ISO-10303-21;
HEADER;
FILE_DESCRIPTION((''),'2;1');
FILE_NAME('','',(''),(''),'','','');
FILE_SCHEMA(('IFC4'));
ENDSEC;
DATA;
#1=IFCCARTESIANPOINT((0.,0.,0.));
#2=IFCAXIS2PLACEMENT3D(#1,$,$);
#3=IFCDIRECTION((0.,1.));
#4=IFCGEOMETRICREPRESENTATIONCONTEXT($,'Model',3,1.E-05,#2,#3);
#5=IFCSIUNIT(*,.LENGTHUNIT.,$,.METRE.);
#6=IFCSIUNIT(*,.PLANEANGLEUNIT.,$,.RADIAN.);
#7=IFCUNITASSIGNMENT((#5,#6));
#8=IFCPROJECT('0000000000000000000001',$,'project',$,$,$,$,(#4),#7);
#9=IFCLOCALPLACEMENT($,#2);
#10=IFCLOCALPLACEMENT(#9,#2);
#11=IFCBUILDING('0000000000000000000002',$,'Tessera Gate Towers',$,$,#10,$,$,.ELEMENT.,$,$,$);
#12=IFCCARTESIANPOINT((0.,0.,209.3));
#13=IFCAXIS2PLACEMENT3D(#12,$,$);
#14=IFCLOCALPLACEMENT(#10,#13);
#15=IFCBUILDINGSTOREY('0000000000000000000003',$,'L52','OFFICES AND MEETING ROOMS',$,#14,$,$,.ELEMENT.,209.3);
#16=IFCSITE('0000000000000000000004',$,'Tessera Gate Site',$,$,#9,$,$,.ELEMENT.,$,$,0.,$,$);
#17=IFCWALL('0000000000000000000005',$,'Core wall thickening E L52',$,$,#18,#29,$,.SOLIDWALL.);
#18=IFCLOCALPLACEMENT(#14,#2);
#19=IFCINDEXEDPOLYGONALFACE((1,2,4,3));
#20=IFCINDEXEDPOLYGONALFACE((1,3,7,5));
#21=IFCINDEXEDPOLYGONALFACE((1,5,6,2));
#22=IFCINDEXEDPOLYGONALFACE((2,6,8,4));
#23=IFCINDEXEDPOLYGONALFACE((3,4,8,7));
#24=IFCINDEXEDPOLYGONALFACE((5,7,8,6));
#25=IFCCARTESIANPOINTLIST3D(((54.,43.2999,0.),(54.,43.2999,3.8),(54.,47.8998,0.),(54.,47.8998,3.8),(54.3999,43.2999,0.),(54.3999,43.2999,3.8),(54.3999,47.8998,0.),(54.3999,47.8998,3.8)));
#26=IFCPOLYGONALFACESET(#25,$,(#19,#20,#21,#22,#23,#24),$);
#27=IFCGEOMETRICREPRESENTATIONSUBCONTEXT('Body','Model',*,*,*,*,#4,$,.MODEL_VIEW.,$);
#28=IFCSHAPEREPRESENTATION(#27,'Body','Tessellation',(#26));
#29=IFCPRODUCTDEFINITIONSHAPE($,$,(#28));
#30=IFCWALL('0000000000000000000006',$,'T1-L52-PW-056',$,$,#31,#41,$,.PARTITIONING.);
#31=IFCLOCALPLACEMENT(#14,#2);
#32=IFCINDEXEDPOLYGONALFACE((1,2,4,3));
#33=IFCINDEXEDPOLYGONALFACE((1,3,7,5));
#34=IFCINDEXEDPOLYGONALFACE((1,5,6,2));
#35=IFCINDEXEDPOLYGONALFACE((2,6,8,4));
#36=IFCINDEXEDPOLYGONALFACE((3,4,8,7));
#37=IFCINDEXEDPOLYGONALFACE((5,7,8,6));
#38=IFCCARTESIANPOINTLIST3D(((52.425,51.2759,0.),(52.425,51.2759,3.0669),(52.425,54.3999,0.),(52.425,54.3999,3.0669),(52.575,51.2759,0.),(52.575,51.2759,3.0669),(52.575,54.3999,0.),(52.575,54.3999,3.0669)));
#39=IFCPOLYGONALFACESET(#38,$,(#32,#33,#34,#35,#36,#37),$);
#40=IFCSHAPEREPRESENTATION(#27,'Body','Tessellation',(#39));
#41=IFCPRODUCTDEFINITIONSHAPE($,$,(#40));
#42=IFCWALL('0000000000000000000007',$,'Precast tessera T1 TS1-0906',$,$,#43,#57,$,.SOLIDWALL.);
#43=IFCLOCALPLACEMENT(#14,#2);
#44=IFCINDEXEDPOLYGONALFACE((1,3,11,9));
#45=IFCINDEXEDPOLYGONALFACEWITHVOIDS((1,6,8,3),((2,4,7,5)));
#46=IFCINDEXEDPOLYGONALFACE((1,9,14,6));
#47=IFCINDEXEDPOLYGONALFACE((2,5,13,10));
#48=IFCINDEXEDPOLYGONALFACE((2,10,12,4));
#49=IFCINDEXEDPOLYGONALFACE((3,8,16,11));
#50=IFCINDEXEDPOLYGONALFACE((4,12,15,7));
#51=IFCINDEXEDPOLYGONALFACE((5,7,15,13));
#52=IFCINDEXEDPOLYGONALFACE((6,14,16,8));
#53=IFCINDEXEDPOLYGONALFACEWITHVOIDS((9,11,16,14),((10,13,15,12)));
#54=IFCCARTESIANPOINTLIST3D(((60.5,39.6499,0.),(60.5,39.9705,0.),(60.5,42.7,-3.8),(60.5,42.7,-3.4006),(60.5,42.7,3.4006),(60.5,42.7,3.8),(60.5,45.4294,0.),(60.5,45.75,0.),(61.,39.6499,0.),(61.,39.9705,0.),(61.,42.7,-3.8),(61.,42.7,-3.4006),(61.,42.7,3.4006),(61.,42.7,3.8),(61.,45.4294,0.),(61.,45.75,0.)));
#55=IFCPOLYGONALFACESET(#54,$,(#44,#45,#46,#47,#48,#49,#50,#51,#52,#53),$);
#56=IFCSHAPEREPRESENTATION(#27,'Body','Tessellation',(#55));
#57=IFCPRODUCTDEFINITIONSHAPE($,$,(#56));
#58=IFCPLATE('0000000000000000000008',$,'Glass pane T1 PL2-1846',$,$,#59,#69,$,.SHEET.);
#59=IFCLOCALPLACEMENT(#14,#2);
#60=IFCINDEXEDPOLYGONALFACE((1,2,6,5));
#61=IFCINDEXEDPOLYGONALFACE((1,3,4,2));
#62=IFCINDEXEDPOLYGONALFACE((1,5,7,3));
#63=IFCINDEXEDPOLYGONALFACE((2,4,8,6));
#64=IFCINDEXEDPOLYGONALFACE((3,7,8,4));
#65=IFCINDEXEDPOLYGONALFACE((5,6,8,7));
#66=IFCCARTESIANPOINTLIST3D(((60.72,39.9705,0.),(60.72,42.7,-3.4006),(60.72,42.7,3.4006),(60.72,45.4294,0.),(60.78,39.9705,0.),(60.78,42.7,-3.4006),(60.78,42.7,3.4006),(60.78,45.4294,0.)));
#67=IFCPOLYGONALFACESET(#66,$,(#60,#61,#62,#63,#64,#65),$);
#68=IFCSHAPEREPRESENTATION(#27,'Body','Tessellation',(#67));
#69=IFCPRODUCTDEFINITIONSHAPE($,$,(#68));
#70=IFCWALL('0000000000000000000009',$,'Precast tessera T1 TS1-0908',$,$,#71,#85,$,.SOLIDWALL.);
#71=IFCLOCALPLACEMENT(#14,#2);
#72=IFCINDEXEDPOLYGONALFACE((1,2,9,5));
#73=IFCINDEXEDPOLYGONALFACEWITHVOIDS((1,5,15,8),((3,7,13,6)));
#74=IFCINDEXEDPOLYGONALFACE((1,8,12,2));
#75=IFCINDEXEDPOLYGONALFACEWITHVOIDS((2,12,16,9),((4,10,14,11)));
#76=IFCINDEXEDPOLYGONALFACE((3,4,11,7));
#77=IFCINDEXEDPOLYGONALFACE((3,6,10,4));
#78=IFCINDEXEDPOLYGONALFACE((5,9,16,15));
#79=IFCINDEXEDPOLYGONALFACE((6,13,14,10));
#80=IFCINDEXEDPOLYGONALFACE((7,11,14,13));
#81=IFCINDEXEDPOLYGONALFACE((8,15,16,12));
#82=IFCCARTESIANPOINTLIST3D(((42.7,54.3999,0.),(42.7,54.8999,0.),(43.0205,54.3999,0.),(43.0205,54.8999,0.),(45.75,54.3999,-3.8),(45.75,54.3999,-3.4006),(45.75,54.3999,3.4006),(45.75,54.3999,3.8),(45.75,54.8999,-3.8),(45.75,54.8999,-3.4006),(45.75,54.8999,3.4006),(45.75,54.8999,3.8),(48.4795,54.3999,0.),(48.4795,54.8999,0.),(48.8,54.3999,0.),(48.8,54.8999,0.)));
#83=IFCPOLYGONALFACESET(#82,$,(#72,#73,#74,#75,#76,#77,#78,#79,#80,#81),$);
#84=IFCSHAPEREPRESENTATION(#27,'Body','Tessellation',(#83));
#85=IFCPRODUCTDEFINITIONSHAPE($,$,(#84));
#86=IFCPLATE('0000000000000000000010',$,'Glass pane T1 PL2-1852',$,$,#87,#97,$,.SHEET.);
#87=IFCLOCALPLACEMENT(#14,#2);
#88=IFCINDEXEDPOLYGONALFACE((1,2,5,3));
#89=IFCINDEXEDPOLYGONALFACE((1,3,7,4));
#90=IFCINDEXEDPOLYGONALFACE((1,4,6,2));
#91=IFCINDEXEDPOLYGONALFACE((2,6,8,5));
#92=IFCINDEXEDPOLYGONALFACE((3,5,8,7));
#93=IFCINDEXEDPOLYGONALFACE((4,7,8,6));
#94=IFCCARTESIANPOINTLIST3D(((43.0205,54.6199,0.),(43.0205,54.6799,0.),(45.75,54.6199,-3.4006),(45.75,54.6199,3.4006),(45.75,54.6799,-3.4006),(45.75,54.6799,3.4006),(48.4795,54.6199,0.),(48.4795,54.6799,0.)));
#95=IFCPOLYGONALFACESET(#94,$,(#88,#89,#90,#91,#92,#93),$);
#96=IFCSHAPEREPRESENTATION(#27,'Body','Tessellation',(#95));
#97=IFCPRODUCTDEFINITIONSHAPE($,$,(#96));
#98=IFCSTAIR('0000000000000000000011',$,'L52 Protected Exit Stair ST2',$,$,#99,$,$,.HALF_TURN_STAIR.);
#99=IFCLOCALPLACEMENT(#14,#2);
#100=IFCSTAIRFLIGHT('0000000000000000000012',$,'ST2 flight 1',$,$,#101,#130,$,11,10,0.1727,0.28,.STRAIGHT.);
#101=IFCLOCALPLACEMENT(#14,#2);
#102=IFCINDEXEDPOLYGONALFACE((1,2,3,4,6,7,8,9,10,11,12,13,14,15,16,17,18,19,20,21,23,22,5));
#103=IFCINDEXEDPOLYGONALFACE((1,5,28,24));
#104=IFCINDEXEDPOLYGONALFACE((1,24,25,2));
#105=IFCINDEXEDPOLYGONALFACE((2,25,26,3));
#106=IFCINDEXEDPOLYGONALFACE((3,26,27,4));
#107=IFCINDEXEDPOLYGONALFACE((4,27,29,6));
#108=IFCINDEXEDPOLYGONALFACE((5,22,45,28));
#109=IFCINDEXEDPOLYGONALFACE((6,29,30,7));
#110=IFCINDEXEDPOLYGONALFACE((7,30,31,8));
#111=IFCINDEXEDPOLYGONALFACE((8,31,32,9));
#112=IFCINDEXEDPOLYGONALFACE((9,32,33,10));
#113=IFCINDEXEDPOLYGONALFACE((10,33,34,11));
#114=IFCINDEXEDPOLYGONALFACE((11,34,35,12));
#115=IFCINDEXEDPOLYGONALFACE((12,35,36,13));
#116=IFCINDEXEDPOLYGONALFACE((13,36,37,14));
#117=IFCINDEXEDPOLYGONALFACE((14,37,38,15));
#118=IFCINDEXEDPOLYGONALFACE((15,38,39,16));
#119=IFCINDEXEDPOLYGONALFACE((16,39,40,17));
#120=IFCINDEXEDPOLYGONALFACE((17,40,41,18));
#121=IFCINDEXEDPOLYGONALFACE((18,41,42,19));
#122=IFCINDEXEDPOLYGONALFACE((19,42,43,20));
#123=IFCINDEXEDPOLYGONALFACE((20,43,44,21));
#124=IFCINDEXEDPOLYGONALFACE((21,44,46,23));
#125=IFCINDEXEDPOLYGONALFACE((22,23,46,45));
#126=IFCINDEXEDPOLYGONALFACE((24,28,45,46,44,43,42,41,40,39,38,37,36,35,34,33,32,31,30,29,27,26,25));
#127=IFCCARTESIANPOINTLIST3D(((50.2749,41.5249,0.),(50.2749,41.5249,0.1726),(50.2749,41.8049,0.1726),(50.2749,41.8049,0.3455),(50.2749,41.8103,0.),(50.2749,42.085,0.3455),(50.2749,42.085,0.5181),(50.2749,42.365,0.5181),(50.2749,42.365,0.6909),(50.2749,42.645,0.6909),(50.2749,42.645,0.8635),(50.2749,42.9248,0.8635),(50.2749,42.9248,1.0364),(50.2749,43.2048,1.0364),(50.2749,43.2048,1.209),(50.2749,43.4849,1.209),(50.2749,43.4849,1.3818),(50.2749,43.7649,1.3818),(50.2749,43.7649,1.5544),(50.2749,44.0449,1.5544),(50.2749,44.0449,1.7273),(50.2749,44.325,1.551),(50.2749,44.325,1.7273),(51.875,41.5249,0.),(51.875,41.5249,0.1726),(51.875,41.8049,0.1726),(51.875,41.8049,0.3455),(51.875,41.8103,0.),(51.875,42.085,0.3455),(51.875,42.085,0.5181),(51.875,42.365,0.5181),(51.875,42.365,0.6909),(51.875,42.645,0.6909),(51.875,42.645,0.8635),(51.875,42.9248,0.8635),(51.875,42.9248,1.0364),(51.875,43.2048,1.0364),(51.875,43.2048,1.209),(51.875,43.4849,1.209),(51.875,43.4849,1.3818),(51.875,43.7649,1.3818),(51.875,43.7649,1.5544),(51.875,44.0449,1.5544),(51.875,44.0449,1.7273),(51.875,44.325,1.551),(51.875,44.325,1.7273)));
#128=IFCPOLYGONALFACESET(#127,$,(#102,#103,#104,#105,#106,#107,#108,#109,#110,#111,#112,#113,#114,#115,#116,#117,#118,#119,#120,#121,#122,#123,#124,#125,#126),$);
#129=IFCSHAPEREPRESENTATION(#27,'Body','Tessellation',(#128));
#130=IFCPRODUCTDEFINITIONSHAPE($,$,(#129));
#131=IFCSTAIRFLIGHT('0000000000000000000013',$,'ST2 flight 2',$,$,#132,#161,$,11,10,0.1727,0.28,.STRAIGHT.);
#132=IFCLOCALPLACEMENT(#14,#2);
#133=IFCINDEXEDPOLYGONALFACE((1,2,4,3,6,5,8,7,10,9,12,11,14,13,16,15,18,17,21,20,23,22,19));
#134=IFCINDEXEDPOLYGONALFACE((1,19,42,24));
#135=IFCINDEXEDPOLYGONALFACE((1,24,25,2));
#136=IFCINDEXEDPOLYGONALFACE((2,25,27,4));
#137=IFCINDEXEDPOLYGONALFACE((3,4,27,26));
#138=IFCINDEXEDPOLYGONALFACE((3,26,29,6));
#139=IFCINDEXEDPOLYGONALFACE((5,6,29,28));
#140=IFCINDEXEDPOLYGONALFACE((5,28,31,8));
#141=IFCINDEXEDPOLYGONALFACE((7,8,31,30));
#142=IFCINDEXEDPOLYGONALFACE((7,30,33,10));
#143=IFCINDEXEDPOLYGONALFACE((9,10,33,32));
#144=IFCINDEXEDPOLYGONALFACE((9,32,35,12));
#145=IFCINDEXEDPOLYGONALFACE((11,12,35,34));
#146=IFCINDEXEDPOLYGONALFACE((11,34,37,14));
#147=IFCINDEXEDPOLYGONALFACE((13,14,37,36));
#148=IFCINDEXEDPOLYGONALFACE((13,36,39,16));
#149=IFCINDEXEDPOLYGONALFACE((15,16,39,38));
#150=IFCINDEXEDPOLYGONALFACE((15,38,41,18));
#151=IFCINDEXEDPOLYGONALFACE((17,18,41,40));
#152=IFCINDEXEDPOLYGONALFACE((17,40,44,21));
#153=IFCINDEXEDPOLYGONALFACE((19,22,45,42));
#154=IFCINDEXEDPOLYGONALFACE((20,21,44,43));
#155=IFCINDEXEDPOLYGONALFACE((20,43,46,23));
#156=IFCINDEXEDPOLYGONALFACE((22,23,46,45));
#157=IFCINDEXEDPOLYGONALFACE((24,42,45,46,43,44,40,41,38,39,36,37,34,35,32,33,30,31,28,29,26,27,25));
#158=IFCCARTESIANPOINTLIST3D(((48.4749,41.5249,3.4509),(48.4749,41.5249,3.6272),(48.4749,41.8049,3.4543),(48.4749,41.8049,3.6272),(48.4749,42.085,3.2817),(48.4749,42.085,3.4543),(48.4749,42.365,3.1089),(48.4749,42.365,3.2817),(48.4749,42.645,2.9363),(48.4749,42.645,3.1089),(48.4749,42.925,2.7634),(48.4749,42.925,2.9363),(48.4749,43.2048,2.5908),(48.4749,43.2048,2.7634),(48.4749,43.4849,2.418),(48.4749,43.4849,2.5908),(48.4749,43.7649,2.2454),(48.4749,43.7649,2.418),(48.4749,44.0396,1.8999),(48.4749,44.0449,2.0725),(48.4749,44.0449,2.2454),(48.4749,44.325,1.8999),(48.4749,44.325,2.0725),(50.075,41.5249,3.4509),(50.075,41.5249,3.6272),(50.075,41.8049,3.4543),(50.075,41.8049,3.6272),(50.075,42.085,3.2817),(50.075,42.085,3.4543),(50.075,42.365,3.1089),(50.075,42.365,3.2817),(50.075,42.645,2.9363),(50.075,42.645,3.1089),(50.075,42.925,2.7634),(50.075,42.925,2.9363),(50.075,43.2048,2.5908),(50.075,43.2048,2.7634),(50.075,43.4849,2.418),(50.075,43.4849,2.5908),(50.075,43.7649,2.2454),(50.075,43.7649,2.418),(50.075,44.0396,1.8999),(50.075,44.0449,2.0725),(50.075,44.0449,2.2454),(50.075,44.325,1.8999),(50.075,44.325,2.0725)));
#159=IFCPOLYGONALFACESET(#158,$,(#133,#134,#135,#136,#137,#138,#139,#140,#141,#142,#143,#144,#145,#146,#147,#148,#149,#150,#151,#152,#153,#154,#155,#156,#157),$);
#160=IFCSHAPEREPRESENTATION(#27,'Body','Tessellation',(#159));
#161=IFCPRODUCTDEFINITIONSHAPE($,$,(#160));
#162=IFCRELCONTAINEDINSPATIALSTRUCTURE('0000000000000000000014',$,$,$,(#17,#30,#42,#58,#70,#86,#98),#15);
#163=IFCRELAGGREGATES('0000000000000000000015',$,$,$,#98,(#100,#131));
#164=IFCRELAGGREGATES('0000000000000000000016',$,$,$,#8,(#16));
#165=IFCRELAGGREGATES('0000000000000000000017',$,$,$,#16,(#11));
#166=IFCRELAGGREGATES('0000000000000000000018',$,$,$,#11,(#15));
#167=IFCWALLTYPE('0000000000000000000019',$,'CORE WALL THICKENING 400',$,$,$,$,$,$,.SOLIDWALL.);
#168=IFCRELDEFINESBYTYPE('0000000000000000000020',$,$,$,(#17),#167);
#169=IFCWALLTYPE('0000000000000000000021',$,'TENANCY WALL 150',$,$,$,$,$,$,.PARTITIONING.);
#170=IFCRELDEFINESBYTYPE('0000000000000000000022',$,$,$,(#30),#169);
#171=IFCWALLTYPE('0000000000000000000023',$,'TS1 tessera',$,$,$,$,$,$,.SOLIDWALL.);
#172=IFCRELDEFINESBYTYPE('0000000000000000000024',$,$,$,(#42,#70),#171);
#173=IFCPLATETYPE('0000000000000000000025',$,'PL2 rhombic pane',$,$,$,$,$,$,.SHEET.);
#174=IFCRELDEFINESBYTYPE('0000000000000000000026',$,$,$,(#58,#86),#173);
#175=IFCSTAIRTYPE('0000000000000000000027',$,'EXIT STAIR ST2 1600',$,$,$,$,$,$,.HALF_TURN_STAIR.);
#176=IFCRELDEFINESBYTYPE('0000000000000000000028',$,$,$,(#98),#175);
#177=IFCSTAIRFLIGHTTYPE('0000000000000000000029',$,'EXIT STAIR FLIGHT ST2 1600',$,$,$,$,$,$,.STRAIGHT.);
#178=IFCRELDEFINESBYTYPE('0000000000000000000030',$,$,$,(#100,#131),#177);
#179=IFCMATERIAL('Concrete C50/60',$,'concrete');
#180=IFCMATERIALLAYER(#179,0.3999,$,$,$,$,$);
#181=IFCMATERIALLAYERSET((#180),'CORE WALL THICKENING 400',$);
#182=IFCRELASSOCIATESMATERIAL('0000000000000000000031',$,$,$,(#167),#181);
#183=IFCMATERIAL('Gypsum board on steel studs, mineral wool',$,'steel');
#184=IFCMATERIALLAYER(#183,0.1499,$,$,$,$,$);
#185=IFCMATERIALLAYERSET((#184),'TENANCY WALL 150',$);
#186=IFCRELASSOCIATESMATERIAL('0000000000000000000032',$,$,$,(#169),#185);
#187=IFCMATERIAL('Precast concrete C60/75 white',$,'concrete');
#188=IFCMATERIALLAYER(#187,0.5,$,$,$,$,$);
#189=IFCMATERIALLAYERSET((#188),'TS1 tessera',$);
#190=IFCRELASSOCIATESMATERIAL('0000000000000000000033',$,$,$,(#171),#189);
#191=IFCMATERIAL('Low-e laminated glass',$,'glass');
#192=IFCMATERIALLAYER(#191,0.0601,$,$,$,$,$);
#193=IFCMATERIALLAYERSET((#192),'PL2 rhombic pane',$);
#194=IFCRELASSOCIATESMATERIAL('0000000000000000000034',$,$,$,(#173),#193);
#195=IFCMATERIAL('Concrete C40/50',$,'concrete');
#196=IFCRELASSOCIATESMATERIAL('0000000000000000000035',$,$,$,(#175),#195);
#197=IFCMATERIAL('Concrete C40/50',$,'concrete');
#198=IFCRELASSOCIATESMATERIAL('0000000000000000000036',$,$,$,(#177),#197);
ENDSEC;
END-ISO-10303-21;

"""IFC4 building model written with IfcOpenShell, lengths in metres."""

from ifc_helpers import new_model, si_unit, direction, frame, frame_2d, origin, place, context, subcontext, project, spatial, polyline, rectangle, outline, extrude, source, transform, mapped, material, layer, layer_set, type_object, element, fill, aggregate, save


model = new_model("IFC4")

# Units and contexts
model_context = context("Model", 3, precision=1e-05, world=origin(), true_north=direction((0.0, 1.0)))
body_context = subcontext(model_context, "Body", "Model", "MODEL_VIEW")
ifc_project = project(units=[si_unit("LENGTHUNIT", "METRE"), si_unit("PLANEANGLEUNIT", "RADIAN")], contexts=[model_context])

# Site, building, storey
site_placement = place(None, origin())
site = spatial("IfcSite", under=ifc_project, at=site_placement, Name="Tessera Gate Site", CompositionType="ELEMENT", RefElevation=0.0)
building_placement = place(site_placement, origin())
building = spatial("IfcBuilding", under=site, at=building_placement, Name="Tessera Gate Towers", CompositionType="ELEMENT")
storey_placement = place(building_placement, frame((0.0, 0.0, 209.3)))
storey = spatial("IfcBuildingStorey", under=building, at=storey_placement, Name="L52", Description="OFFICES AND MEETING ROOMS", CompositionType="ELEMENT", Elevation=209.3)

# Walls
ifc_material_1 = material(Name="Concrete C50/60", Category="concrete")
ifc_layer_1 = layer(ifc_material_1, 0.3999)
ifc_layer_set_1 = layer_set([ifc_layer_1], Name="CORE WALL THICKENING 400")
wall_type_1 = type_object("IfcWallType", Name="CORE WALL THICKENING 400", PredefinedType="SOLIDWALL", material=ifc_layer_set_1)
wall_1_placement = place(storey_placement, frame((54.2, 43.3, 0.0), z_axis=(0.0, 0.0, 1.0), x_axis=(0.0, 1.0, 0.0)))
element("IfcWall", 1, at=wall_1_placement, inside=storey, type_object=wall_type_1, Name="Core wall thickening E L52", PredefinedType="SOLIDWALL", context=body_context, shape_type="SweptSolid", body=[
    extrude(rectangle(XDim=4.5999, YDim=0.3999, at=frame_2d((2.2998, 0.0))), origin(), (0.0, 0.0, 1.0), 3.8),
])
ifc_material_2 = material(Name="Gypsum board on steel studs, mineral wool", Category="steel")
ifc_layer_2 = layer(ifc_material_2, 0.1499)
ifc_layer_set_2 = layer_set([ifc_layer_2], Name="TENANCY WALL 150")
wall_type_2 = type_object("IfcWallType", Name="TENANCY WALL 150", PredefinedType="PARTITIONING", material=ifc_layer_set_2)
wall_2_placement = place(storey_placement, frame((52.5, 51.2759, 0.0), z_axis=(0.0, 0.0, 1.0), x_axis=(0.0, 1.0, 0.0)))
element("IfcWall", 2, at=wall_2_placement, inside=storey, type_object=wall_type_2, Name="T1-L52-PW-056", PredefinedType="PARTITIONING", context=body_context, shape_type="SweptSolid", body=[
    extrude(rectangle(XDim=3.124, YDim=0.1499, at=frame_2d((1.562, 0.0))), origin(), (0.0, 0.0, 1.0), 3.0669),
])

# Walls, openings, plates
ifc_material_3 = material(Name="Precast concrete C60/75 white", Category="concrete")
ifc_layer_3 = layer(ifc_material_3, 0.5)
ifc_layer_set_3 = layer_set([ifc_layer_3], Name="TS1 tessera")
wall_type_3 = type_object("IfcWallType", Name="TS1 tessera", PredefinedType="SOLIDWALL", material=ifc_layer_set_3)
shared_shape_1 = source(origin(), body_context, "Body", "SweptSolid", [
    extrude(outline(polyline([(3.05, 0.0), (6.1001, 3.8), (3.05, 7.6001), (0.0, 3.8), (3.05, 0.0)])), frame((0.0, 0.25, 0.0), z_axis=(0.0, -1.0, 0.0), x_axis=(1.0, 0.0, 0.0)), (0.0, 0.0, 1.0), 0.5),
])
wall_3_placement = place(storey_placement, frame((60.75, 39.6499, -3.8), z_axis=(0.0, 0.0, 1.0), x_axis=(0.0, 1.0, 0.0)))
wall_3 = element("IfcWall", 3, at=wall_3_placement, inside=storey, type_object=wall_type_3, Name="Precast tessera T1 TS1-0906", PredefinedType="SOLIDWALL", context=body_context, shape_type="MappedRepresentation", body=[
    mapped(shared_shape_1, transform((0.0, 0.0, 0.0), scale=1.0)),
])
shared_shape_2 = source(origin(), body_context, "Body", "SweptSolid", [
    extrude(outline(polyline([(3.05, 0.3994), (5.7795, 3.8), (3.05, 7.2007), (0.3206, 3.8), (3.05, 0.3994)])), frame((0.0, 0.26, 0.0), z_axis=(0.0, -1.0, 0.0), x_axis=(1.0, 0.0, 0.0)), (0.0, 0.0, 1.0), 0.52),
])
opening_1_placement = place(wall_3_placement, origin())
opening_1 = element("IfcOpeningElement", 4, at=opening_1_placement, cuts=wall_3, PredefinedType="OPENING", context=body_context, shape_type="MappedRepresentation", body=[
    mapped(shared_shape_2, transform((0.0, 0.0, 0.0), scale=1.0)),
])
ifc_material_4 = material(Name="Low-e laminated glass", Category="glass")
ifc_layer_4 = layer(ifc_material_4, 0.0601)
ifc_layer_set_4 = layer_set([ifc_layer_4], Name="PL2 rhombic pane")
plate_type = type_object("IfcPlateType", Name="PL2 rhombic pane", PredefinedType="SHEET", material=ifc_layer_set_4)
shared_shape_3 = source(origin(), body_context, "Body", "SweptSolid", [
    extrude(outline(polyline([(3.05, 0.3994), (5.7795, 3.8), (3.05, 7.2007), (0.3206, 3.8), (3.05, 0.3994)])), frame((0.0, 0.03, 0.0), z_axis=(0.0, -1.0, 0.0), x_axis=(1.0, 0.0, 0.0)), (0.0, 0.0, 1.0), 0.0601),
])
plate_1_placement = place(opening_1_placement, origin())
plate_1 = element("IfcPlate", 5, at=plate_1_placement, inside=storey, type_object=plate_type, Name="Glass pane T1 PL2-1846", PredefinedType="SHEET", context=body_context, shape_type="MappedRepresentation", body=[
    mapped(shared_shape_3, transform((0.0, 0.0, 0.0), scale=1.0)),
])
fill(opening_1, plate_1)
wall_4_placement = place(storey_placement, frame((48.8, 54.6499, -3.8), z_axis=(0.0, 0.0, 1.0), x_axis=(-1.0, 0.0, 0.0)))
wall_4 = element("IfcWall", 6, at=wall_4_placement, inside=storey, type_object=wall_type_3, Name="Precast tessera T1 TS1-0908", PredefinedType="SOLIDWALL", context=body_context, shape_type="MappedRepresentation", body=[
    mapped(shared_shape_1, transform((0.0, 0.0, 0.0), scale=1.0)),
])
opening_2_placement = place(wall_4_placement, origin())
opening_2 = element("IfcOpeningElement", 7, at=opening_2_placement, cuts=wall_4, PredefinedType="OPENING", context=body_context, shape_type="MappedRepresentation", body=[
    mapped(shared_shape_2, transform((0.0, 0.0, 0.0), scale=1.0)),
])
plate_2_placement = place(opening_2_placement, origin())
plate_2 = element("IfcPlate", 8, at=plate_2_placement, inside=storey, type_object=plate_type, Name="Glass pane T1 PL2-1852", PredefinedType="SHEET", context=body_context, shape_type="MappedRepresentation", body=[
    mapped(shared_shape_3, transform((0.0, 0.0, 0.0), scale=1.0)),
])
fill(opening_2, plate_2)

# Stair, stair flights
ifc_material_5 = material(Name="Concrete C40/50", Category="concrete")
stair_type = type_object("IfcStairType", Name="EXIT STAIR ST2 1600", PredefinedType="HALF_TURN_STAIR", material=ifc_material_5)
stair_placement = place(storey_placement, origin())
stair = element("IfcStair", 9, at=stair_placement, inside=storey, type_object=stair_type, Name="L52 Protected Exit Stair ST2", PredefinedType="HALF_TURN_STAIR")
ifc_material_6 = material(Name="Concrete C40/50", Category="concrete")
stair_flight_type = type_object("IfcStairFlightType", Name="EXIT STAIR FLIGHT ST2 1600", PredefinedType="STRAIGHT", material=ifc_material_6)
stair_flight_1_placement = place(storey_placement, frame((51.075, 41.5249, 0.0), z_axis=(0.0, 0.0, 1.0), x_axis=(0.0, 1.0, 0.0)))
stair_flight_1 = element("IfcStairFlight", 10, at=stair_flight_1_placement, type_object=stair_flight_type, Name="ST2 flight 1", NumberOfRisers=11, NumberOfTreads=10, PredefinedType="STRAIGHT", RiserHeight=0.1727, TreadLength=0.28, context=body_context, shape_type="SweptSolid", body=[
    extrude(outline(polyline([(0.0, 0.0), (0.0, 0.1726), (0.28, 0.1726), (0.28, 0.3455), (0.5601, 0.3455), (0.5601, 0.5181), (0.8401, 0.5181), (0.8401, 0.6909), (1.1201, 0.6909), (1.1201, 0.8635), (1.3999, 0.8635), (1.3999, 1.0364), (1.6799, 1.0364), (1.6799, 1.209), (1.96, 1.209), (1.96, 1.3818), (2.24, 1.3818), (2.24, 1.5544), (2.52, 1.5544), (2.52, 1.7273), (2.8, 1.7273), (2.8, 1.8999), (2.8, 1.551), (0.2854, 0.0), (0.0, 0.0)])), frame((0.0, 0.8, 0.0), z_axis=(0.0, -1.0, 0.0), x_axis=(1.0, 0.0, 0.0)), (0.0, 0.0, 1.0), 1.6001),
])
stair_flight_2_placement = place(storey_placement, frame((49.2749, 44.325, 1.8999), z_axis=(0.0, 0.0, 1.0), x_axis=(0.0, -1.0, 0.0)))
stair_flight_2 = element("IfcStairFlight", 11, at=stair_flight_2_placement, type_object=stair_flight_type, Name="ST2 flight 2", NumberOfRisers=11, NumberOfTreads=10, PredefinedType="STRAIGHT", RiserHeight=0.1727, TreadLength=0.28, context=body_context, shape_type="SweptSolid", body=[
    extrude(outline(polyline([(0.0, 0.0), (0.0, 0.1726), (0.28, 0.1726), (0.28, 0.3455), (0.5601, 0.3455), (0.5601, 0.5181), (0.8401, 0.5181), (0.8401, 0.6909), (1.1201, 0.6909), (1.1201, 0.8635), (1.3999, 0.8635), (1.3999, 1.0364), (1.6799, 1.0364), (1.6799, 1.209), (1.96, 1.209), (1.96, 1.3818), (2.24, 1.3818), (2.24, 1.5544), (2.52, 1.5544), (2.52, 1.7273), (2.8, 1.7273), (2.8, 1.8999), (2.8, 1.551), (0.2854, 0.0), (0.0, 0.0)])), frame((0.0, 0.8, 0.0), z_axis=(0.0, -1.0, 0.0), x_axis=(1.0, 0.0, 0.0)), (0.0, 0.0, 1.0), 1.6001),
])
aggregate(stair, [stair_flight_1, stair_flight_2])

save(model, "model.ifc")
